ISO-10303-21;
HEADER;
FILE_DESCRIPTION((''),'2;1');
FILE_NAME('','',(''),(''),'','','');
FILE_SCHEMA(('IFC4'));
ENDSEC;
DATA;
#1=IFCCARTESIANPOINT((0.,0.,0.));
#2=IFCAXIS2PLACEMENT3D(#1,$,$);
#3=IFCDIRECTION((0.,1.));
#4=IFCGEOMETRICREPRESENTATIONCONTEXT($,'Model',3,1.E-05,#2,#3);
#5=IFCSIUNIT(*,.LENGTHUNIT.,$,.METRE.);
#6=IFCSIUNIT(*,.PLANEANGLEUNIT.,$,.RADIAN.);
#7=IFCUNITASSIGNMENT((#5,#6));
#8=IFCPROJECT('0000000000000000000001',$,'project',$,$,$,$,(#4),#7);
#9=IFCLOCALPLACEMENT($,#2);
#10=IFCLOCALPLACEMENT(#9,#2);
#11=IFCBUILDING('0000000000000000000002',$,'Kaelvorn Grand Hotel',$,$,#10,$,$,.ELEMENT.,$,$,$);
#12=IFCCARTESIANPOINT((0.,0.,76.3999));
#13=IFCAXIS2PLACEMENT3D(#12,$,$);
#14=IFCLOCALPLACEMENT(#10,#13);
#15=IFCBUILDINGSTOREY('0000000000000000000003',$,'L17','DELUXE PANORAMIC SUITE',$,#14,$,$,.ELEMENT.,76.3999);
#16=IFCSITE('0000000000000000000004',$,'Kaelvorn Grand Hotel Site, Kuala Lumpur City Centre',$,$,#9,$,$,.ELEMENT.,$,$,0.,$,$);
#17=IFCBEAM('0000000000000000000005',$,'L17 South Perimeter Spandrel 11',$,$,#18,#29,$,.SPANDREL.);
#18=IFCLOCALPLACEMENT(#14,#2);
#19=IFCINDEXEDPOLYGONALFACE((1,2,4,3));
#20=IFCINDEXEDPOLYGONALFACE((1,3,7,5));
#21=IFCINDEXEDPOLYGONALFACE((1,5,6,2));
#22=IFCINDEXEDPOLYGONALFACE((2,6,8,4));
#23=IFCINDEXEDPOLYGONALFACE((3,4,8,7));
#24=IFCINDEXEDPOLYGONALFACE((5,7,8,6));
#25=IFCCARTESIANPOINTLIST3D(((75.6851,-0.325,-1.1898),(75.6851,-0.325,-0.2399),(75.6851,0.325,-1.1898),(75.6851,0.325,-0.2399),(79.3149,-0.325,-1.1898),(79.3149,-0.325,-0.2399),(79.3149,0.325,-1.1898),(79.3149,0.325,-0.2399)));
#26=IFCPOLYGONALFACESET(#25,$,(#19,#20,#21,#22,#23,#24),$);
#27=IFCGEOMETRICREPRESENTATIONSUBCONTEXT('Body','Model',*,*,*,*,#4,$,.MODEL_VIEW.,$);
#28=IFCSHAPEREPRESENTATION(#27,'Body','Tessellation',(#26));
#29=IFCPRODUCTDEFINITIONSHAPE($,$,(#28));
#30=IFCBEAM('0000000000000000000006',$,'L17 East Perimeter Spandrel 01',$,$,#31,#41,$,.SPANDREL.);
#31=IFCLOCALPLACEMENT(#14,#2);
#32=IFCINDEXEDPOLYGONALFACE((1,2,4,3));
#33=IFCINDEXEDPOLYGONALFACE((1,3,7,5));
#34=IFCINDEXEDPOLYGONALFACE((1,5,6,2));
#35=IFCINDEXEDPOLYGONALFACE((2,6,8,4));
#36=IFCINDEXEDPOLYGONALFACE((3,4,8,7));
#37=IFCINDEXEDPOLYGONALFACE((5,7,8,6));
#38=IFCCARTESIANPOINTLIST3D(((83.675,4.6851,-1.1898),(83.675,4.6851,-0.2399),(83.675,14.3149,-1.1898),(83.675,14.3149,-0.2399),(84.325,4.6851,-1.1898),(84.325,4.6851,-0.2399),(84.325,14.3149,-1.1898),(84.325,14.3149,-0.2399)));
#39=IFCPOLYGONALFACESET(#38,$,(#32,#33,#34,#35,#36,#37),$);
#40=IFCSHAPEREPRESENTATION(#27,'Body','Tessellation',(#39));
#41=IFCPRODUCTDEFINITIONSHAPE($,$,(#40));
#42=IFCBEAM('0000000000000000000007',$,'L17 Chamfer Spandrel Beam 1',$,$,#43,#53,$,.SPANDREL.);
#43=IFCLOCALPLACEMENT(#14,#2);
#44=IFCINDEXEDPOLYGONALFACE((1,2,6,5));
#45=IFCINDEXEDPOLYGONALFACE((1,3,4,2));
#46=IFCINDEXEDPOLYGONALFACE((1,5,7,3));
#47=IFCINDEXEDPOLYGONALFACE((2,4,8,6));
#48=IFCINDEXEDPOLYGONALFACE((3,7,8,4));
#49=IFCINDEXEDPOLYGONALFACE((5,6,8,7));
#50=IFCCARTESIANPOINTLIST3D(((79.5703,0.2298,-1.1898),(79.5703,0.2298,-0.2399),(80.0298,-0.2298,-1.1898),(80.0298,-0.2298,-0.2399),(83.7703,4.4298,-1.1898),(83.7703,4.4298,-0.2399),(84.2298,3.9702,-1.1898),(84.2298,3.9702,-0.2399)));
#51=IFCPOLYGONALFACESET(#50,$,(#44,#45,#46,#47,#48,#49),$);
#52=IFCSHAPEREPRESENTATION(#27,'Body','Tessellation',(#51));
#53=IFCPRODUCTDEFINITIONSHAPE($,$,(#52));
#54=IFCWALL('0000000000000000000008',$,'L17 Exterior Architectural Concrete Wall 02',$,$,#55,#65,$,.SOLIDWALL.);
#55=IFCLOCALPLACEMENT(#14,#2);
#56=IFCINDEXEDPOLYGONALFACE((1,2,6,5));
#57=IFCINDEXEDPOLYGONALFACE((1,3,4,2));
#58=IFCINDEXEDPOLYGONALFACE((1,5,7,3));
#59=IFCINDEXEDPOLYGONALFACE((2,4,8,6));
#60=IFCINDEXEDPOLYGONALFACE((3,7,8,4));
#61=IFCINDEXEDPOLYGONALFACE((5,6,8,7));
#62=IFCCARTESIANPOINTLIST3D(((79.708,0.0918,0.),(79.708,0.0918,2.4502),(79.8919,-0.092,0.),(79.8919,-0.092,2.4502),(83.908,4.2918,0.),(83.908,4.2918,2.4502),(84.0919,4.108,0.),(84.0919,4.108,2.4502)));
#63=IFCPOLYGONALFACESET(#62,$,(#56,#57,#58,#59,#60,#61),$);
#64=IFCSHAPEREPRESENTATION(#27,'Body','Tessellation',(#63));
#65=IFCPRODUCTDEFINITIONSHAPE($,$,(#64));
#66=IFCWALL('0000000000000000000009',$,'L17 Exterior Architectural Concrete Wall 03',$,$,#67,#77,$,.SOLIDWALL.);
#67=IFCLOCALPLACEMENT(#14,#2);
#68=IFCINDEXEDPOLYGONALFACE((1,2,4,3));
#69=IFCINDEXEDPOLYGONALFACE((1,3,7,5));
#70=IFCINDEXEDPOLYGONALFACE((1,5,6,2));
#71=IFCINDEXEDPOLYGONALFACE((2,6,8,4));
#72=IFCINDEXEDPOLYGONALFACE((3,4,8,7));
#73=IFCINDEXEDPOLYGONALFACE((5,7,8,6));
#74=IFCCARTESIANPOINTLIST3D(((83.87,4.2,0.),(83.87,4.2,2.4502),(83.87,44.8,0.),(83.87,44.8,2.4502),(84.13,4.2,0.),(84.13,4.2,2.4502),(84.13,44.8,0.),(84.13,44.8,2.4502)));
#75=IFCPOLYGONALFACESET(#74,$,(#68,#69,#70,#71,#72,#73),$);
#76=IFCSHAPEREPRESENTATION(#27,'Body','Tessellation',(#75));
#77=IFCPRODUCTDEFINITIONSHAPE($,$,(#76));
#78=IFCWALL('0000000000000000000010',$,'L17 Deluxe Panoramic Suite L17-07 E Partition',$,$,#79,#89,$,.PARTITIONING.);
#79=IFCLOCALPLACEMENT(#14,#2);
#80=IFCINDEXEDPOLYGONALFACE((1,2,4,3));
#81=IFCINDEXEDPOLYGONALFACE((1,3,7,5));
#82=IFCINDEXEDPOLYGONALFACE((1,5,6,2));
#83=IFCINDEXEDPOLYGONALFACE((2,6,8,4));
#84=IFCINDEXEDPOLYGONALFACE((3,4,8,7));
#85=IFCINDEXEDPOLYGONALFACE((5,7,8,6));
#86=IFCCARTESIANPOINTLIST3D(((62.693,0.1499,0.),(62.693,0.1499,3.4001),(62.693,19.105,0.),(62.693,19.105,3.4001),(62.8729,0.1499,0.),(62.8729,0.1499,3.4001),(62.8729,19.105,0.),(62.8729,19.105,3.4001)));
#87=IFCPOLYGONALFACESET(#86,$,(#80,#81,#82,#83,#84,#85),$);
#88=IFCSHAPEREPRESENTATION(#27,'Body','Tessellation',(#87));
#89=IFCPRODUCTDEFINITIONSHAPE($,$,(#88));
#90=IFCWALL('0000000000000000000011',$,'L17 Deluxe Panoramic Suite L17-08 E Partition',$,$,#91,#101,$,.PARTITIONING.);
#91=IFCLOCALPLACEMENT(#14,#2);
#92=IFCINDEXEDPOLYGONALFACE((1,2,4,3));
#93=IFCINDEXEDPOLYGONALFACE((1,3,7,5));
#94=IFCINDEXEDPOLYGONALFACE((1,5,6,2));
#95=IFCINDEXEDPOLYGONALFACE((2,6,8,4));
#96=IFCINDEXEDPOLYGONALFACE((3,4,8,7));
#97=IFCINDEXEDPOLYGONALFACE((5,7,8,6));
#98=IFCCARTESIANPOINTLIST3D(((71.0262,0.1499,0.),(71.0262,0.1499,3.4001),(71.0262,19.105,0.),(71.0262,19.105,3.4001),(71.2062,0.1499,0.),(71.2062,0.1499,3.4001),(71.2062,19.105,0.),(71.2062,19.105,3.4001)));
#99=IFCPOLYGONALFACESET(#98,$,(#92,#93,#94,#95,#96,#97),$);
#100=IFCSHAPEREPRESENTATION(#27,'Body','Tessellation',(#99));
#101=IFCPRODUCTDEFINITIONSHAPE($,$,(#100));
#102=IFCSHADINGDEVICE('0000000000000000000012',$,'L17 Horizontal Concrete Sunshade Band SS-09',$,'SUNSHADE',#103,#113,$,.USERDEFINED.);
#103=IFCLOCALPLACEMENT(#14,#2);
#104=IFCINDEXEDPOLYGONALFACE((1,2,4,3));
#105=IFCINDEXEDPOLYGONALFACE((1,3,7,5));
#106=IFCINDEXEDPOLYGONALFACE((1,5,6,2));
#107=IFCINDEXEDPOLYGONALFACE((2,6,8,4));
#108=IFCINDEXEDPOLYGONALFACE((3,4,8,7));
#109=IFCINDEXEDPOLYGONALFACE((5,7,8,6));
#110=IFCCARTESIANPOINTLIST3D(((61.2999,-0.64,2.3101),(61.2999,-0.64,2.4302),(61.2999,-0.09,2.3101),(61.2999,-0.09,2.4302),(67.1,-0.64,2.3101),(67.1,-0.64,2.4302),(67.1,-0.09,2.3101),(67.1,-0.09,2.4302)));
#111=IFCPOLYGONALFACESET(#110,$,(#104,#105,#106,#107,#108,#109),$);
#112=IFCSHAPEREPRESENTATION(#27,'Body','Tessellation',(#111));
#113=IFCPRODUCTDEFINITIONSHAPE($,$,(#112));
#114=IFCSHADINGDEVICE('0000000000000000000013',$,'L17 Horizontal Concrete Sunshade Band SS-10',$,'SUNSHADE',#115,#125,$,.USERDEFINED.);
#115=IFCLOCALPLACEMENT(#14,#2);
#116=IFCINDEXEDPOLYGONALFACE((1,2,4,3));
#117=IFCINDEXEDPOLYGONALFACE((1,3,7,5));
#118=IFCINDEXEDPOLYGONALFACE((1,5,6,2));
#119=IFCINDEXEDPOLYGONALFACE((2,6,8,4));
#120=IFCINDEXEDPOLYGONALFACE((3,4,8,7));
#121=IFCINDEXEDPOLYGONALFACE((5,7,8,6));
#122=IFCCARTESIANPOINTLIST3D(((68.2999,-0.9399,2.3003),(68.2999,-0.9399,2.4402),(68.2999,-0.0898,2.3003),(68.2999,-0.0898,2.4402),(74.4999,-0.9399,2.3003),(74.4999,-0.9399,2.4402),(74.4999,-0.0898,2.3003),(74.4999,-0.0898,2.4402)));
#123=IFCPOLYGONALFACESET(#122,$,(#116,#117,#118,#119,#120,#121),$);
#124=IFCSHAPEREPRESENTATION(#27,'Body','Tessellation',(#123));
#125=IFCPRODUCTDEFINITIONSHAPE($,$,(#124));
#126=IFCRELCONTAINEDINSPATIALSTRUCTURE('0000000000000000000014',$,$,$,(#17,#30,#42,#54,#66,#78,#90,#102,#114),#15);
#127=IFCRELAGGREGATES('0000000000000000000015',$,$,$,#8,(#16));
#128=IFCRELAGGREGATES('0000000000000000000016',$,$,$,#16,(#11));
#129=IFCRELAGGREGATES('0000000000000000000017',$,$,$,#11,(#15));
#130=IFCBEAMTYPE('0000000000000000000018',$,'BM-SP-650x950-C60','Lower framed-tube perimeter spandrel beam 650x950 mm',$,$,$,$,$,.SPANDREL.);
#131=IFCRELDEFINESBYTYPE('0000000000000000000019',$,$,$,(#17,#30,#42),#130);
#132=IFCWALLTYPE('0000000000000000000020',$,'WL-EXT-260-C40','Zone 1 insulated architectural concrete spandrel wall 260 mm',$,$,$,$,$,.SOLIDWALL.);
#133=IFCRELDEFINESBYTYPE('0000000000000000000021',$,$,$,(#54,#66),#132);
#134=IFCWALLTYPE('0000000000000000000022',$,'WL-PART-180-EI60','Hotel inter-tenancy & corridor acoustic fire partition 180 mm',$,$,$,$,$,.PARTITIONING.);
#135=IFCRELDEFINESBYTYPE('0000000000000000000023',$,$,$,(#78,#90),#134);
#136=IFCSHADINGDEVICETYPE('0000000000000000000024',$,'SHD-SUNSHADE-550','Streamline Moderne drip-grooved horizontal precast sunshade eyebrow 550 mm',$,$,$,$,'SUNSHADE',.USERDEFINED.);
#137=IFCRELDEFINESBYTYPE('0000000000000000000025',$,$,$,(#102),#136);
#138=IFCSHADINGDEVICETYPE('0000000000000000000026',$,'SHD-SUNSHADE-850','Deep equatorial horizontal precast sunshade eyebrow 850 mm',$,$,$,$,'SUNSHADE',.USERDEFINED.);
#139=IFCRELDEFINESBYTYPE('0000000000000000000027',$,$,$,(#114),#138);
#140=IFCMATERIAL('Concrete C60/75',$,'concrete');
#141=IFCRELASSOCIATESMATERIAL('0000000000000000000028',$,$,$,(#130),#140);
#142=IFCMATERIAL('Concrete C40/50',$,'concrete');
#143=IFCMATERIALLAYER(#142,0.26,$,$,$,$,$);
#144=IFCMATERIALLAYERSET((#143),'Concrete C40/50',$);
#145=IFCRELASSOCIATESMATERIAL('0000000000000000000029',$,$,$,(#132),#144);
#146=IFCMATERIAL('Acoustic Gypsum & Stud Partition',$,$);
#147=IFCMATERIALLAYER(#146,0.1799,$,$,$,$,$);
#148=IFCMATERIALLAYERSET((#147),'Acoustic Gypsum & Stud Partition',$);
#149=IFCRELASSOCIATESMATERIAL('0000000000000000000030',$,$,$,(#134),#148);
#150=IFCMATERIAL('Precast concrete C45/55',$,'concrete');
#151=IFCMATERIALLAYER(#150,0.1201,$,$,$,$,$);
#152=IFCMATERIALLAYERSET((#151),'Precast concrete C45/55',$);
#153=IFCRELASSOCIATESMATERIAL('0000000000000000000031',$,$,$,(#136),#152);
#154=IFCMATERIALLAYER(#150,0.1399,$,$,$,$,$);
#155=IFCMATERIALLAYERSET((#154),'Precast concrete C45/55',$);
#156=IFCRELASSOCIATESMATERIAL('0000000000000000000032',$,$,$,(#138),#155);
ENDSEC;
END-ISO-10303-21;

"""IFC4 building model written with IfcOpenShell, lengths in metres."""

from ifc_helpers import new_model, si_unit, direction, frame, frame_2d, origin, origin_2d, place, context, subcontext, project, spatial, rectangle, extrude, material, layer, layer_set, material_profile, profile_set, type_object, element, save


model = new_model("IFC4")

# Units and contexts
model_context = context("Model", 3, precision=1e-05, world=origin(), true_north=direction((0.0, 1.0)))
body_context = subcontext(model_context, "Body", "Model", "MODEL_VIEW")
ifc_project = project(units=[si_unit("LENGTHUNIT", "METRE"), si_unit("PLANEANGLEUNIT", "RADIAN")], contexts=[model_context])

# Site, building, storey
site_placement = place(None, origin())
site = spatial("IfcSite", under=ifc_project, at=site_placement, Name="Kaelvorn Grand Hotel Site, Kuala Lumpur City Centre", CompositionType="ELEMENT", RefElevation=0.0)
building_placement = place(site_placement, origin())
building = spatial("IfcBuilding", under=site, at=building_placement, Name="Kaelvorn Grand Hotel", CompositionType="ELEMENT")
storey_placement = place(building_placement, frame((0.0, 0.0, 76.3999)))
storey = spatial("IfcBuildingStorey", under=building, at=storey_placement, Name="L17", Description="DELUXE PANORAMIC SUITE", CompositionType="ELEMENT", Elevation=76.3999)

# Beams
ifc_material_1 = material(Name="Concrete C40/50", Category="concrete")
ifc_material_2 = material(Name="Concrete C60/75", Category="concrete")
ifc_material_profile_1 = material_profile(ifc_material_2, rectangle(XDim=0.6499, YDim=0.95, at=origin_2d()), Name="RC SPANDREL 650x950")
ifc_profile_set_1 = profile_set([ifc_material_profile_1], Name="Concrete C60/75")
beam_type_1 = type_object("IfcBeamType", Name="BM-SP-650x950-C60", Description="Lower framed-tube perimeter spandrel beam 650x950 mm", PredefinedType="SPANDREL", material=ifc_profile_set_1)
beam_1_placement = place(storey_placement, frame((75.6851, 0.0, -0.7148), z_axis=(1.0, 0.0, 0.0), x_axis=(0.0, 1.0, 0.0)))
element("IfcBeam", 1, at=beam_1_placement, inside=storey, type_object=beam_type_1, Name="L17 South Perimeter Spandrel 11", PredefinedType="SPANDREL", context=body_context, shape_type="SweptSolid", body=[
    extrude(rectangle(XDim=0.6499, YDim=0.95, at=origin_2d()), origin(), (0.0, 0.0, 1.0), 3.6299),
])
beam_2_placement = place(storey_placement, frame((84.0, 4.6851, -0.7148), z_axis=(0.0, 1.0, 0.0), x_axis=(-1.0, 0.0, 0.0)))
element("IfcBeam", 2, at=beam_2_placement, inside=storey, type_object=beam_type_1, Name="L17 East Perimeter Spandrel 01", PredefinedType="SPANDREL", context=body_context, shape_type="SweptSolid", body=[
    extrude(rectangle(XDim=0.6499, YDim=0.95, at=origin_2d()), origin(), (0.0, 0.0, 1.0), 9.6299),
])
beam_3_placement = place(storey_placement, frame((79.8, 0.0, -0.7148), z_axis=(0.707107, 0.707107, 0.0), x_axis=(-0.707107, 0.707107, 0.0)))
element("IfcBeam", 3, at=beam_3_placement, inside=storey, type_object=beam_type_1, Name="L17 Chamfer Spandrel Beam 1", PredefinedType="SPANDREL", context=body_context, shape_type="SweptSolid", body=[
    extrude(rectangle(XDim=0.6499, YDim=0.95, at=origin_2d()), origin(), (0.0, 0.0, 1.0), 5.9397),
])

# Walls
ifc_layer_1 = layer(ifc_material_1, 0.26)
ifc_layer_set_1 = layer_set([ifc_layer_1], Name="Concrete C40/50")
wall_type_1 = type_object("IfcWallType", Name="WL-EXT-260-C40", Description="Zone 1 insulated architectural concrete spandrel wall 260 mm", PredefinedType="SOLIDWALL", material=ifc_layer_set_1)
wall_1_placement = place(storey_placement, frame((79.8, 0.0, 0.0), z_axis=(0.0, 0.0, 1.0), x_axis=(0.707107, 0.707107, 0.0)))
element("IfcWall", 4, at=wall_1_placement, inside=storey, type_object=wall_type_1, Name="L17 Exterior Architectural Concrete Wall 02", PredefinedType="SOLIDWALL", context=body_context, shape_type="SweptSolid", body=[
    extrude(rectangle(XDim=5.9397, YDim=0.26, at=frame_2d((2.9697, 0.0))), origin(), (0.0, 0.0, 1.0), 2.4502),
])
wall_2_placement = place(storey_placement, frame((84.0, 4.2, 0.0), z_axis=(0.0, 0.0, 1.0), x_axis=(0.0, 1.0, 0.0)))
element("IfcWall", 5, at=wall_2_placement, inside=storey, type_object=wall_type_1, Name="L17 Exterior Architectural Concrete Wall 03", PredefinedType="SOLIDWALL", context=body_context, shape_type="SweptSolid", body=[
    extrude(rectangle(XDim=40.6001, YDim=0.26, at=frame_2d((20.3, 0.0))), origin(), (0.0, 0.0, 1.0), 2.4502),
])
ifc_material_3 = material(Name="Acoustic Gypsum & Stud Partition")
ifc_layer_2 = layer(ifc_material_3, 0.1799)
ifc_layer_set_2 = layer_set([ifc_layer_2], Name="Acoustic Gypsum & Stud Partition")
wall_type_2 = type_object("IfcWallType", Name="WL-PART-180-EI60", Description="Hotel inter-tenancy & corridor acoustic fire partition 180 mm", PredefinedType="PARTITIONING", material=ifc_layer_set_2)
for number, where, z_axis, x_axis, name in (
    (6, (62.783, 0.1499, 0.0), (0.0, 0.0, 1.0), (0.0, 1.0, 0.0), "L17 Deluxe Panoramic Suite L17-07 E Partition"),
    (7, (71.1162, 0.1499, 0.0), (0.0, 0.0, 1.0), (0.0, 1.0, 0.0), "L17 Deluxe Panoramic Suite L17-08 E Partition"),
):
    element("IfcWall", number, at=place(storey_placement, frame(where, z_axis=z_axis, x_axis=x_axis)), inside=storey, type_object=wall_type_2, Name=name, PredefinedType="PARTITIONING", context=body_context, shape_type="SweptSolid", body=[
        extrude(rectangle(XDim=18.9551, YDim=0.1799, at=frame_2d((9.4775, 0.0))), origin(), (0.0, 0.0, 1.0), 3.4001),
    ])

# Shading devices
ifc_material_4 = material(Name="Precast concrete C45/55", Category="concrete")
ifc_layer_3 = layer(ifc_material_4, 0.1201)
ifc_layer_set_3 = layer_set([ifc_layer_3], Name="Precast concrete C45/55")
shading_device_type_1 = type_object("IfcShadingDeviceType", Name="SHD-SUNSHADE-550", Description="Streamline Moderne drip-grooved horizontal precast sunshade eyebrow 550 mm", ElementType="SUNSHADE", PredefinedType="USERDEFINED", material=ifc_layer_set_3)
shading_device_1_placement = place(storey_placement, frame((64.2, -0.365, 2.3101), z_axis=(0.0, 0.0, 1.0), x_axis=(1.0, 0.0, 0.0)))
element("IfcShadingDevice", 8, at=shading_device_1_placement, inside=storey, type_object=shading_device_type_1, Name="L17 Horizontal Concrete Sunshade Band SS-09", ObjectType="SUNSHADE", PredefinedType="USERDEFINED", context=body_context, shape_type="SweptSolid", body=[
    extrude(rectangle(XDim=5.8, YDim=0.55, at=origin_2d()), origin(), (0.0, 0.0, 1.0), 0.1201),
])
ifc_layer_4 = layer(ifc_material_4, 0.1399)
ifc_layer_set_4 = layer_set([ifc_layer_4], Name="Precast concrete C45/55")
shading_device_type_2 = type_object("IfcShadingDeviceType", Name="SHD-SUNSHADE-850", Description="Deep equatorial horizontal precast sunshade eyebrow 850 mm", ElementType="SUNSHADE", PredefinedType="USERDEFINED", material=ifc_layer_set_4)
shading_device_2_placement = place(storey_placement, frame((71.3999, -0.5149, 2.3003), z_axis=(0.0, 0.0, 1.0), x_axis=(1.0, 0.0, 0.0)))
element("IfcShadingDevice", 9, at=shading_device_2_placement, inside=storey, type_object=shading_device_type_2, Name="L17 Horizontal Concrete Sunshade Band SS-10", ObjectType="SUNSHADE", PredefinedType="USERDEFINED", context=body_context, shape_type="SweptSolid", body=[
    extrude(rectangle(XDim=6.2, YDim=0.8501, at=origin_2d()), origin(), (0.0, 0.0, 1.0), 0.1399),
])

save(model, "model.ifc")
